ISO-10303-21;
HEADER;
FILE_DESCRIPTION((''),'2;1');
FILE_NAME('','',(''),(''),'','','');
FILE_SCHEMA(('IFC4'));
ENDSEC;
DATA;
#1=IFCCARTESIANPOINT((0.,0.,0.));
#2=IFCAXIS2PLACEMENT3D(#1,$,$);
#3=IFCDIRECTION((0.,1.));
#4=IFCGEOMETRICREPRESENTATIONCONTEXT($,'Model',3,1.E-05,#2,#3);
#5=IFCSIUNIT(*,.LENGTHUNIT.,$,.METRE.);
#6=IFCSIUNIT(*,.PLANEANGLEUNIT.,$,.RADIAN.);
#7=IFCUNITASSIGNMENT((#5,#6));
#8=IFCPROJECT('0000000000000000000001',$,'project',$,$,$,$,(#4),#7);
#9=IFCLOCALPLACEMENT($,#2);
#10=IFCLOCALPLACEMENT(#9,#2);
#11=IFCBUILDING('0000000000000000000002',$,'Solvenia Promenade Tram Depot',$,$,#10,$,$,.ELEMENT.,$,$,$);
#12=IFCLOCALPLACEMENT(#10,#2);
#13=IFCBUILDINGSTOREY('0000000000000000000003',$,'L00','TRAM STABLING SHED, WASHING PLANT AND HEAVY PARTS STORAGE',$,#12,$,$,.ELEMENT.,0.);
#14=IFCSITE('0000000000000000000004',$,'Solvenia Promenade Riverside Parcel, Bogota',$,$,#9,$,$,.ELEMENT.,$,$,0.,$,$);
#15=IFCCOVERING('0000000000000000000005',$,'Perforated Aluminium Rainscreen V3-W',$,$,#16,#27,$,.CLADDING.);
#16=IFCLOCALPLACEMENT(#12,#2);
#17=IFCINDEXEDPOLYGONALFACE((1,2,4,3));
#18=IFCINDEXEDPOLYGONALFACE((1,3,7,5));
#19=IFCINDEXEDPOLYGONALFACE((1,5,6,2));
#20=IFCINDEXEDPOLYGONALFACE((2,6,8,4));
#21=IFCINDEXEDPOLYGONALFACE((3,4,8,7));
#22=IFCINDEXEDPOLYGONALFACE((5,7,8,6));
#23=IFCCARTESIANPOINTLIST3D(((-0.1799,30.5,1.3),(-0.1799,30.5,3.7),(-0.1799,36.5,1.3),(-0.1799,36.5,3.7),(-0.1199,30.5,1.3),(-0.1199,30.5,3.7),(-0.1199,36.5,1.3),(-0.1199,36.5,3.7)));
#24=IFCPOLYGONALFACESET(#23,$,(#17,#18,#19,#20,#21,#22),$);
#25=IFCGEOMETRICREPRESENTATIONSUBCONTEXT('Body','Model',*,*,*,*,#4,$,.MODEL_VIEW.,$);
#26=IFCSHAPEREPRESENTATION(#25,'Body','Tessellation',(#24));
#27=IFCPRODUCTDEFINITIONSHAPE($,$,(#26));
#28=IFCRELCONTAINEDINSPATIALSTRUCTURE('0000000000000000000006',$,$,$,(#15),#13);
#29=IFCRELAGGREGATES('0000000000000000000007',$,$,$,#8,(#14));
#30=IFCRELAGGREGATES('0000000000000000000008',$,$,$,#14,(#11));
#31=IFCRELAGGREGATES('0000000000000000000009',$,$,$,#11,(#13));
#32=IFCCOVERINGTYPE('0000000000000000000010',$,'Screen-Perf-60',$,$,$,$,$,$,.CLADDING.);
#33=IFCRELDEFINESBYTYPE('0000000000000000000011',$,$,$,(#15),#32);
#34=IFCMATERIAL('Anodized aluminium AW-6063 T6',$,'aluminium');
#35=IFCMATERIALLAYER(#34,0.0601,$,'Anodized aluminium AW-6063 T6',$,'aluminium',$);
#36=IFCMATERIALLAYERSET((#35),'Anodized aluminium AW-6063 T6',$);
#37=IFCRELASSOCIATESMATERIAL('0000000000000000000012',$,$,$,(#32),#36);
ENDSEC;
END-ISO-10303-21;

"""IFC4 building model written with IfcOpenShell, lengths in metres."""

from ifc_helpers import new_model, si_unit, direction, frame, origin, origin_2d, place, context, subcontext, project, spatial, rectangle, extrude, material, layer, layer_set, type_object, element, save


model = new_model("IFC4")

# Units and contexts
model_context = context("Model", 3, precision=1e-05, world=origin(), true_north=direction((0.0, 1.0)))
body_context = subcontext(model_context, "Body", "Model", "MODEL_VIEW")
ifc_project = project(units=[si_unit("LENGTHUNIT", "METRE"), si_unit("PLANEANGLEUNIT", "RADIAN")], contexts=[model_context])

# Site, building, storey
site_placement = place(None, origin())
site = spatial("IfcSite", under=ifc_project, at=site_placement, Name="Solvenia Promenade Riverside Parcel, Bogota", CompositionType="ELEMENT", RefElevation=0.0)
building_placement = place(site_placement, origin())
building = spatial("IfcBuilding", under=site, at=building_placement, Name="Solvenia Promenade Tram Depot", CompositionType="ELEMENT")
storey_placement = place(building_placement, origin())
storey = spatial("IfcBuildingStorey", under=building, at=storey_placement, Name="L00", Description="TRAM STABLING SHED, WASHING PLANT AND HEAVY PARTS STORAGE", CompositionType="ELEMENT", Elevation=0.0)

# Shared definitions
ifc_material_1 = material(Name="Anodized aluminium AW-6063 T6", Category="aluminium")

# Covering
ifc_layer_1 = layer(ifc_material_1, 0.0601, Name="Anodized aluminium AW-6063 T6", Category="aluminium")
ifc_layer_set_1 = layer_set([ifc_layer_1], Name="Anodized aluminium AW-6063 T6")
covering_type = type_object("IfcCoveringType", Name="Screen-Perf-60", PredefinedType="CLADDING", material=ifc_layer_set_1)
covering_placement = place(storey_placement, frame((-0.1499, 33.5, 1.3), z_axis=(0.0, 0.0, 1.0), x_axis=(1.0, 0.0, 0.0)))
element("IfcCovering", 1, at=covering_placement, inside=storey, type_object=covering_type, Name="Perforated Aluminium Rainscreen V3-W", PredefinedType="CLADDING", context=body_context, shape_type="SweptSolid", body=[
    extrude(rectangle(XDim=0.0601, YDim=6.0, at=origin_2d()), origin(), (0.0, 0.0, 1.0), 2.3999),
])

save(model, "model.ifc")
